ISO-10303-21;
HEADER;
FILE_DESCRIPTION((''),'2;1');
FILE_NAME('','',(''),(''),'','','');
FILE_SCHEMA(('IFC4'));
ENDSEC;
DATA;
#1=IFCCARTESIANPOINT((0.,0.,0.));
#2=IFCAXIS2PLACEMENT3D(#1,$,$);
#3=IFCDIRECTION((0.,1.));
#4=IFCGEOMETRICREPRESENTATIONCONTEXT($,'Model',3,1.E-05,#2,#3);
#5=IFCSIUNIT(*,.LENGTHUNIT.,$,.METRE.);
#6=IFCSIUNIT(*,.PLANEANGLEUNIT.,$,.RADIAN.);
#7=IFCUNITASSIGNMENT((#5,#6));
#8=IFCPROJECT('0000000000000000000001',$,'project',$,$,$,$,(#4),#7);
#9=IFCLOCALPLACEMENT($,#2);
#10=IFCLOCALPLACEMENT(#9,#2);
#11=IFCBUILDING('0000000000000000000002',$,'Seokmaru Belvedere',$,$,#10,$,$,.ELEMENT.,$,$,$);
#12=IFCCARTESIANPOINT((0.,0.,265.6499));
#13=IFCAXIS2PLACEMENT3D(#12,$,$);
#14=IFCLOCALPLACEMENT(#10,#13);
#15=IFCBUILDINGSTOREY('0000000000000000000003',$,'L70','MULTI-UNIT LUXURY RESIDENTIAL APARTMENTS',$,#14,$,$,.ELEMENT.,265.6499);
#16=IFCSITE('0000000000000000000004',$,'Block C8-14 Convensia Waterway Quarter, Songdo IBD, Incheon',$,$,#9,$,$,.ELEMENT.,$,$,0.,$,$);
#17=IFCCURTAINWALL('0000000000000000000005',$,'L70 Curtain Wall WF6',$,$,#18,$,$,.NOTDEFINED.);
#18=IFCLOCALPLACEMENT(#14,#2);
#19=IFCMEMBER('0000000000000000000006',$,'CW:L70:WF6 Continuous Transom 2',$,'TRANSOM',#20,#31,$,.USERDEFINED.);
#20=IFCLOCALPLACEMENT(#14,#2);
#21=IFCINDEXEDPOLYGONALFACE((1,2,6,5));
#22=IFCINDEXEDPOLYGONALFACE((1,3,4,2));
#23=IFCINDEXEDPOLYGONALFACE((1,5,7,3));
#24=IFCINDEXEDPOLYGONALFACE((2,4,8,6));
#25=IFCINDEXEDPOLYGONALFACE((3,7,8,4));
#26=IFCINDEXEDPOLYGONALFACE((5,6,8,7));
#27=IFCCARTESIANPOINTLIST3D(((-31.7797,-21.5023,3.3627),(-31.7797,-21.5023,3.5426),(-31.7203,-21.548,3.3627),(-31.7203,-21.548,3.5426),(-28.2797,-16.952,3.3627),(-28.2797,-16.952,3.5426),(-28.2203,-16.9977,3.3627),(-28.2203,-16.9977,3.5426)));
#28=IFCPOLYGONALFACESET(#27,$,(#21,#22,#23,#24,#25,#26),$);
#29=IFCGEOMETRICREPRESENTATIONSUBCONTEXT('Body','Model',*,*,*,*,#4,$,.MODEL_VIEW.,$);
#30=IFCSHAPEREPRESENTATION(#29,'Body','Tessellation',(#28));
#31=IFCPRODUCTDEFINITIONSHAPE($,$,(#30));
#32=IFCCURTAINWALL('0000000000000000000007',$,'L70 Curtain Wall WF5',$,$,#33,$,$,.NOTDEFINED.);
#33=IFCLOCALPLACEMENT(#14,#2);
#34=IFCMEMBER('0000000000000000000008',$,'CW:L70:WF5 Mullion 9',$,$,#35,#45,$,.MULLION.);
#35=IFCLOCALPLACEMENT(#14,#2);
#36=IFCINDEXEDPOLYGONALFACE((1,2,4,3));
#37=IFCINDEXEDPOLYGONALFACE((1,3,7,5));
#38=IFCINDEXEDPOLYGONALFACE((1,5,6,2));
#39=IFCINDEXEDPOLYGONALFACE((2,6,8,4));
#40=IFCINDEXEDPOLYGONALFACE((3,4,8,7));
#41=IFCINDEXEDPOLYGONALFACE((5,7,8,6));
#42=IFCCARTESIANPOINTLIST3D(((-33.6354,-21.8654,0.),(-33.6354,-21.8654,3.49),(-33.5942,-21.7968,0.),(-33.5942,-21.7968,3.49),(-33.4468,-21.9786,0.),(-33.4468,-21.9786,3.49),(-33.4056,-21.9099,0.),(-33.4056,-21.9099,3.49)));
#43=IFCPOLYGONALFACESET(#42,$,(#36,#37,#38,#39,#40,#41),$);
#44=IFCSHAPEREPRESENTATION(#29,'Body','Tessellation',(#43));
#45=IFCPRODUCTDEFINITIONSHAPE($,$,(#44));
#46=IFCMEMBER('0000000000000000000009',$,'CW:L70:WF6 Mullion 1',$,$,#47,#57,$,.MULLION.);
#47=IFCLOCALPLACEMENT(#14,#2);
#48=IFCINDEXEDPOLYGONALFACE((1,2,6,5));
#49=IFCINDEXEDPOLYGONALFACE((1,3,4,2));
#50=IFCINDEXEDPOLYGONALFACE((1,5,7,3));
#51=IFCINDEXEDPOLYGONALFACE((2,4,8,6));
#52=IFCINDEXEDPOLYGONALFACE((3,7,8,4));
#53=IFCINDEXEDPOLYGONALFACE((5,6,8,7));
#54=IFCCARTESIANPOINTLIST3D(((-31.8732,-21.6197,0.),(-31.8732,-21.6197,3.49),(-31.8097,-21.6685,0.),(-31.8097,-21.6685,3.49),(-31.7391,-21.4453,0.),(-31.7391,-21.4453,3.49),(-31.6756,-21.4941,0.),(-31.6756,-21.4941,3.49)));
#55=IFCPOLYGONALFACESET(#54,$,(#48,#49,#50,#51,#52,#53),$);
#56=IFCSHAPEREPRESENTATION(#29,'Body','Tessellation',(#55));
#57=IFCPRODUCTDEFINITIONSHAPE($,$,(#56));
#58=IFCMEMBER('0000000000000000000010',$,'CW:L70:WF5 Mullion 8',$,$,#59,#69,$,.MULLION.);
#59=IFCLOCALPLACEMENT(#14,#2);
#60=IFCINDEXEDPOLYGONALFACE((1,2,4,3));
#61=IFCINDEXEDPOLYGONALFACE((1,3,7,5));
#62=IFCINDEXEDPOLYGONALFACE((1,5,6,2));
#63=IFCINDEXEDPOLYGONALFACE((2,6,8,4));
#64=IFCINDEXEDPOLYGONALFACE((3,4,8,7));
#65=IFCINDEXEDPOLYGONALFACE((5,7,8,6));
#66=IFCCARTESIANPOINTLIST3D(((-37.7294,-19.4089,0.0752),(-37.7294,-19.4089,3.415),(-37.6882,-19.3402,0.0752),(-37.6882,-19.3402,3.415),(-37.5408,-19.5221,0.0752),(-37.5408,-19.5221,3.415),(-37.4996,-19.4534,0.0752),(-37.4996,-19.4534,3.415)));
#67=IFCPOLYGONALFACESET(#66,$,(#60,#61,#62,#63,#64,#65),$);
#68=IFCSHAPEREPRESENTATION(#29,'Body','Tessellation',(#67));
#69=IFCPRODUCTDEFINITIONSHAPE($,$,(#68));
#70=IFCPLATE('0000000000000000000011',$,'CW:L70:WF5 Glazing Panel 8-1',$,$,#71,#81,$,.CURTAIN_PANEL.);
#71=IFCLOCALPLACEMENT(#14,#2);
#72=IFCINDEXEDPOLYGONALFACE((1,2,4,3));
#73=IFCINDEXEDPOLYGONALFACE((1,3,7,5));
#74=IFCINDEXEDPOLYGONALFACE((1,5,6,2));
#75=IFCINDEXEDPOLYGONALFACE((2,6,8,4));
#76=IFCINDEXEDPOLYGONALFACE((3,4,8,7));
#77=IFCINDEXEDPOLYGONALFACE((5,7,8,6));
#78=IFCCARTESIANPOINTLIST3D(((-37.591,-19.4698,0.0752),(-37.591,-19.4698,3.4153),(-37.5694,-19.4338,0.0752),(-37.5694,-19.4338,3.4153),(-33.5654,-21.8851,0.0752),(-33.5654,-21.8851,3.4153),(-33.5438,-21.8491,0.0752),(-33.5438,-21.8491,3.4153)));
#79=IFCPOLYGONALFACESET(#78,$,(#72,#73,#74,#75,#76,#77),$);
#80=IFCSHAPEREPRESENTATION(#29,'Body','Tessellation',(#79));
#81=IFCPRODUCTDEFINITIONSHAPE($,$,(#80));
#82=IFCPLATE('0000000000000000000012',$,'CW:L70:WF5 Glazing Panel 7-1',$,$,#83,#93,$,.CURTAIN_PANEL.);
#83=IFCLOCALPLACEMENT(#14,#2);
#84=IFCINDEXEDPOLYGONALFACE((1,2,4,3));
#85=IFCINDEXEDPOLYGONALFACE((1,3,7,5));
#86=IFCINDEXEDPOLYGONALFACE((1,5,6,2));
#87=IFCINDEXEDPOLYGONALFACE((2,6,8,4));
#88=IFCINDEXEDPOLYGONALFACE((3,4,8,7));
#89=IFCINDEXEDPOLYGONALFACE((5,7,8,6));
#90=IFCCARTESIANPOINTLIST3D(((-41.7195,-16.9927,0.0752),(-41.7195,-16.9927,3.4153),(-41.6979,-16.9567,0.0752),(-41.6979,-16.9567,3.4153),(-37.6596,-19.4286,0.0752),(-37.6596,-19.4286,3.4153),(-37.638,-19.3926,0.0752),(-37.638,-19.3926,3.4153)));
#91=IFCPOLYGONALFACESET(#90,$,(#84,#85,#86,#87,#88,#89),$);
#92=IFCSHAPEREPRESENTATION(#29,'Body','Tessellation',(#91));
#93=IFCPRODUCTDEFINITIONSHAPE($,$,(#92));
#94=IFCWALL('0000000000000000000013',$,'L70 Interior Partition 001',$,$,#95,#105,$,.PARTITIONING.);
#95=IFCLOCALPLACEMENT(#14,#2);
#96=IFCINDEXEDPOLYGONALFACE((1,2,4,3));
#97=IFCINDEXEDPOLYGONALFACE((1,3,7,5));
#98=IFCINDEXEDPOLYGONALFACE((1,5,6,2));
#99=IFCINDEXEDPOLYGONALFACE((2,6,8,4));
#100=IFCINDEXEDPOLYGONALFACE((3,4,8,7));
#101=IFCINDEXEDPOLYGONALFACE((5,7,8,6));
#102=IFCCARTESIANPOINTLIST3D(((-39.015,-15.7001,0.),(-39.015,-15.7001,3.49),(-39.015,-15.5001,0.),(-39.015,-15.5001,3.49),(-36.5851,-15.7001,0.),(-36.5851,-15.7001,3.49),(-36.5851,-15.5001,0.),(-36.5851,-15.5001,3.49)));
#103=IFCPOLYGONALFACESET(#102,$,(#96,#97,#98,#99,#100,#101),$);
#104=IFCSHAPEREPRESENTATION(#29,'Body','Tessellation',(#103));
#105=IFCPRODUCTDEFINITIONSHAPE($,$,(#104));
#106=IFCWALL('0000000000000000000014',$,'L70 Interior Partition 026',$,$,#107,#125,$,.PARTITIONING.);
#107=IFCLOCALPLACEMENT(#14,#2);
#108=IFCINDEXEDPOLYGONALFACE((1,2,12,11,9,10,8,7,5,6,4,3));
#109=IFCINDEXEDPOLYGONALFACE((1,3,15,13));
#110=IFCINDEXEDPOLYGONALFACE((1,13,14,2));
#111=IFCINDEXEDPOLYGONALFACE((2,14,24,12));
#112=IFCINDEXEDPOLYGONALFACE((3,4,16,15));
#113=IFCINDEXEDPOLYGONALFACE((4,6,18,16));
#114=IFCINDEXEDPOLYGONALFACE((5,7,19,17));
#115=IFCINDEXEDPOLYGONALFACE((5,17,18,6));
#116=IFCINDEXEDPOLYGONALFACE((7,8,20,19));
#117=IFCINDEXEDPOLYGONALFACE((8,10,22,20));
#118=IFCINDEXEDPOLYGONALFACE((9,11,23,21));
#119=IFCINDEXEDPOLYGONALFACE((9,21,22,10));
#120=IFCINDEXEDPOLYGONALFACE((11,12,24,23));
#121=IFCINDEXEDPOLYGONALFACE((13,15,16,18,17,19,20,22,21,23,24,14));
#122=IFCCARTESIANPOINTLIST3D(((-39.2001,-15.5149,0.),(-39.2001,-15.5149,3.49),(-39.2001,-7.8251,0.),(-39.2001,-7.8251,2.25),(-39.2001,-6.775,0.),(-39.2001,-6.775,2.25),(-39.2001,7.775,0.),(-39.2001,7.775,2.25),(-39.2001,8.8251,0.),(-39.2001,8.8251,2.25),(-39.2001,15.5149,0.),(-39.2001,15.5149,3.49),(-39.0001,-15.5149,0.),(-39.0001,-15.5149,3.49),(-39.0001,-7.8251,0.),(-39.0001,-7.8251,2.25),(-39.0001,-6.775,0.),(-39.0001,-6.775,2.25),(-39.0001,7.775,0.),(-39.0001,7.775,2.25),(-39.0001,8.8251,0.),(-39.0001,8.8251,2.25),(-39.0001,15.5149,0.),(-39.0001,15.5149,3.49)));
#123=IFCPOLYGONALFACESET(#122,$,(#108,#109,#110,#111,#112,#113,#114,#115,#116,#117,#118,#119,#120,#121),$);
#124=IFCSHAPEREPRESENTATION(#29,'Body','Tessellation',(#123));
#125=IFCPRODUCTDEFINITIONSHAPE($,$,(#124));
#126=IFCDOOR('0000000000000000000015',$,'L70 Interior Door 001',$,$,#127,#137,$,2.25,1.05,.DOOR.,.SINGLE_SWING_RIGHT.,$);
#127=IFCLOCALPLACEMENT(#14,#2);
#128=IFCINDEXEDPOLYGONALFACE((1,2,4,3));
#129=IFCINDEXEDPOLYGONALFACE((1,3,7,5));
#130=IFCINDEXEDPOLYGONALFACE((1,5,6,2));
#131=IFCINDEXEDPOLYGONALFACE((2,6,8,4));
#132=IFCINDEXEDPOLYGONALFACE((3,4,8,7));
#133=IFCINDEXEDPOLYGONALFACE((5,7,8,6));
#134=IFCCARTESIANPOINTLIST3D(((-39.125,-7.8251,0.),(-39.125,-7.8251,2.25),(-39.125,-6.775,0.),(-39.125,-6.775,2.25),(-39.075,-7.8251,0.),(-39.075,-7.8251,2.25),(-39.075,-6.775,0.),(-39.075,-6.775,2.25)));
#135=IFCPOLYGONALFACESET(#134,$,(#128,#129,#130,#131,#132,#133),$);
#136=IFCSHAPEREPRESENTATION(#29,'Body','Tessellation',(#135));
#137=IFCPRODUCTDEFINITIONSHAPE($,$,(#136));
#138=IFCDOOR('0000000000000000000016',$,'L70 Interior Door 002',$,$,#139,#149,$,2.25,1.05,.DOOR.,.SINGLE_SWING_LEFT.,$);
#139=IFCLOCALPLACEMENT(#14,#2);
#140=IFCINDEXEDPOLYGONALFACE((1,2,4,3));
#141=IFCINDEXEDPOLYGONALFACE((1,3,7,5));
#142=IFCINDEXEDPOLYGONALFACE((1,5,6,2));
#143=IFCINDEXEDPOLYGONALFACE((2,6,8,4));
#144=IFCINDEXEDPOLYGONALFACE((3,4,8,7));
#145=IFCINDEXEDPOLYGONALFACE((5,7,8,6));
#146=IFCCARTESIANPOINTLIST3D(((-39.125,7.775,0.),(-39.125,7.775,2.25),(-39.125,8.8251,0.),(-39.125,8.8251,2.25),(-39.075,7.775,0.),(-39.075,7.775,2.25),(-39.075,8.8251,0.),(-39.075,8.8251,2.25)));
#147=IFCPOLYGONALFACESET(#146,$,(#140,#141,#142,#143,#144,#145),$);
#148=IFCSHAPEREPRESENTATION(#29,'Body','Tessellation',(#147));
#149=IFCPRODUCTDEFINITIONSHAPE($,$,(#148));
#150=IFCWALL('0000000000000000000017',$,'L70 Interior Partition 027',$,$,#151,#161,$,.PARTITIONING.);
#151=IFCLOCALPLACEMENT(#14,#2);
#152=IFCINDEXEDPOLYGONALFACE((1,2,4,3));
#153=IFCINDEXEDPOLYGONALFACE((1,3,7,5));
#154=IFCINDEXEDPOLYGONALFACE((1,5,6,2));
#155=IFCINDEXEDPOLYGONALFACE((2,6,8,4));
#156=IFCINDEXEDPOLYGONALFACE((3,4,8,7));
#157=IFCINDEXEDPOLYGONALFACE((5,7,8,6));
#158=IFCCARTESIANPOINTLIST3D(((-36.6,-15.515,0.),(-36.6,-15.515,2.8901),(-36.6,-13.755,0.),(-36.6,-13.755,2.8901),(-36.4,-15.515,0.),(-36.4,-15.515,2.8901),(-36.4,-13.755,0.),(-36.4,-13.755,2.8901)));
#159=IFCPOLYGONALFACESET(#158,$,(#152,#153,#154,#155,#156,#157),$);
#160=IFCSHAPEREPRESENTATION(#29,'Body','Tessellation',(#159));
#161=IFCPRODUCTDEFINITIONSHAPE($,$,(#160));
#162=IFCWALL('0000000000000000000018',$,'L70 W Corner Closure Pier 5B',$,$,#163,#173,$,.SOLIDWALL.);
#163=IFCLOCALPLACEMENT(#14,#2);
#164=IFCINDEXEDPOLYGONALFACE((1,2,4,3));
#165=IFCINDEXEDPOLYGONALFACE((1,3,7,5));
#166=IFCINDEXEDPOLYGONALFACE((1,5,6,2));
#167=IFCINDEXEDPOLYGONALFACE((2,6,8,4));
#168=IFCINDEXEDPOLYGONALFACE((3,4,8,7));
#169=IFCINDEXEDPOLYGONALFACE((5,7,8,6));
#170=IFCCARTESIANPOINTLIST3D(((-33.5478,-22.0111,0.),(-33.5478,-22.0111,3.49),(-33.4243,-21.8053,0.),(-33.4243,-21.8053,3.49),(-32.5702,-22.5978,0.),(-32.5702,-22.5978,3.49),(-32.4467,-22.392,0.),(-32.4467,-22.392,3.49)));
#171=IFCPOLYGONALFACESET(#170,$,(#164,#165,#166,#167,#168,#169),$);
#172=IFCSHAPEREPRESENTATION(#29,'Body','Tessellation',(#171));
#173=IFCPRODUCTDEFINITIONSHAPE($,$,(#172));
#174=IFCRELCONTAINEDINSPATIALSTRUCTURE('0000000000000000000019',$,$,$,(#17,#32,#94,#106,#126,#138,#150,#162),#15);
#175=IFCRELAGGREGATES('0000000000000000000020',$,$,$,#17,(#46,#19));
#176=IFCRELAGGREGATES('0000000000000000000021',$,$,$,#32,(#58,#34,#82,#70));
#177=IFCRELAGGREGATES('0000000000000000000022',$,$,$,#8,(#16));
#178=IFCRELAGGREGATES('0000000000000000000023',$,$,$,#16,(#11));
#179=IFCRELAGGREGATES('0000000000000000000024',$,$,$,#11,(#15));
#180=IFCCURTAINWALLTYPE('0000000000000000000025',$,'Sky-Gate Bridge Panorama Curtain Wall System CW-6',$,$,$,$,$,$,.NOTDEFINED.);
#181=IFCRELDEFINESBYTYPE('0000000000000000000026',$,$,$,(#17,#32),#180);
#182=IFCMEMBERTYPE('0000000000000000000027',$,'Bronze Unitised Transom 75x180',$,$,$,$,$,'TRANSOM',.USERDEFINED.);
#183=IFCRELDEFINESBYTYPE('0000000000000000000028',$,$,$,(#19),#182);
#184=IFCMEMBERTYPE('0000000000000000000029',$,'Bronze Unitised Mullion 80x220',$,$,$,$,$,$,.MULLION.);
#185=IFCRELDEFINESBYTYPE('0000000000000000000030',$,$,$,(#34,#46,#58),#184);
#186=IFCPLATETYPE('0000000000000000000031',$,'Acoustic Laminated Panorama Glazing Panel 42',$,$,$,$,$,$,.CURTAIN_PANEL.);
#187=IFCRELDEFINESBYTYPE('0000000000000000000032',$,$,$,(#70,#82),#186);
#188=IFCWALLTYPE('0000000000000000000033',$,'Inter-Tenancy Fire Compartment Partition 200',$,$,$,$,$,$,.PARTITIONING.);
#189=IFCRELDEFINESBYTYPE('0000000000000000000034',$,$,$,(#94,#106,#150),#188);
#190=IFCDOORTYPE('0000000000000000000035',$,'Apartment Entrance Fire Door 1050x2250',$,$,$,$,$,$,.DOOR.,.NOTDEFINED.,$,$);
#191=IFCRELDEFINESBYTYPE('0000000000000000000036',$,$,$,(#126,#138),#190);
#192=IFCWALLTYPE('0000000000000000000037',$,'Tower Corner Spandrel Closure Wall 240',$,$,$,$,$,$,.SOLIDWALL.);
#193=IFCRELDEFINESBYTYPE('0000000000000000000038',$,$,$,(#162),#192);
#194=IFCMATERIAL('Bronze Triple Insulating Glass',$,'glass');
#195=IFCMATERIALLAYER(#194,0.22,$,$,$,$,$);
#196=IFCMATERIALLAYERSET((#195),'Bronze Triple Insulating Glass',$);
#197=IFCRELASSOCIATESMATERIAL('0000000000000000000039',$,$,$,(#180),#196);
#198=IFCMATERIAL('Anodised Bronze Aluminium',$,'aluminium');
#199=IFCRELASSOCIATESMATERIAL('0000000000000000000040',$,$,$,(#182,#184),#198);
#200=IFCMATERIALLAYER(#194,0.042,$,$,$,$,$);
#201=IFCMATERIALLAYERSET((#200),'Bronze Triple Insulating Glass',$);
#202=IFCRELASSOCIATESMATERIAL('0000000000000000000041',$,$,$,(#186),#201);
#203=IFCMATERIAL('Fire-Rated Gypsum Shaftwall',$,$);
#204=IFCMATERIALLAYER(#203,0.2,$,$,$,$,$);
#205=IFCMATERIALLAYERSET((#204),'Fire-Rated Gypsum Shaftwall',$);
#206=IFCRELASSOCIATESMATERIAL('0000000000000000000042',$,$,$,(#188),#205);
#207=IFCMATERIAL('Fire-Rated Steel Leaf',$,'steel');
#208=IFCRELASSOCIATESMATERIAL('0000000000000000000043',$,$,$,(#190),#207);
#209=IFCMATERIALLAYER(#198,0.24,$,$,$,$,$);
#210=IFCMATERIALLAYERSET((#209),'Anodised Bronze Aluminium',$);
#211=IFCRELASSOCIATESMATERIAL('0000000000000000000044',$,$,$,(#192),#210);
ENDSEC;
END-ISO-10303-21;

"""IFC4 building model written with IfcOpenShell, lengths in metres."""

from ifc_helpers import new_model, si_unit, direction, frame, frame_2d, origin, origin_2d, place, context, subcontext, project, spatial, rectangle, extrude, source, transform, mapped, material, layer, layer_set, material_profile, profile_set, type_object, type_shapes, element, fill, aggregate, save


model = new_model("IFC4")

# Units and contexts
model_context = context("Model", 3, precision=1e-05, world=origin(), true_north=direction((0.0, 1.0)))
body_context = subcontext(model_context, "Body", "Model", "MODEL_VIEW")
ifc_project = project(units=[si_unit("LENGTHUNIT", "METRE"), si_unit("PLANEANGLEUNIT", "RADIAN")], contexts=[model_context])

# Site, building, storey
site_placement = place(None, origin())
site = spatial("IfcSite", under=ifc_project, at=site_placement, Name="Block C8-14 Convensia Waterway Quarter, Songdo IBD, Incheon", CompositionType="ELEMENT", RefElevation=0.0)
building_placement = place(site_placement, origin())
building = spatial("IfcBuilding", under=site, at=building_placement, Name="Seokmaru Belvedere", CompositionType="ELEMENT")
storey_placement = place(building_placement, frame((0.0, 0.0, 265.6499)))
storey = spatial("IfcBuildingStorey", under=building, at=storey_placement, Name="L70", Description="MULTI-UNIT LUXURY RESIDENTIAL APARTMENTS", CompositionType="ELEMENT", Elevation=265.6499)

# Curtain wall, member
ifc_material_1 = material(Name="Bronze Triple Insulating Glass", Category="glass")
ifc_layer_1 = layer(ifc_material_1, 0.22)
ifc_layer_set_1 = layer_set([ifc_layer_1], Name="Bronze Triple Insulating Glass")
curtain_wall_type = type_object("IfcCurtainWallType", Name="Sky-Gate Bridge Panorama Curtain Wall System CW-6", PredefinedType="NOTDEFINED", material=ifc_layer_set_1)
curtain_wall_1_placement = place(storey_placement, origin())
curtain_wall_1 = element("IfcCurtainWall", 1, at=curtain_wall_1_placement, inside=storey, type_object=curtain_wall_type, Name="L70 Curtain Wall WF6", PredefinedType="NOTDEFINED")
ifc_material_2 = material(Name="Anodised Bronze Aluminium", Category="aluminium")
ifc_material_profile_1 = material_profile(ifc_material_2, rectangle(XDim=0.075, YDim=0.1799, at=origin_2d()), Name="CW-T-75x180")
ifc_profile_set_1 = profile_set([ifc_material_profile_1], Name="Anodised Bronze Aluminium")
member_type_1 = type_object("IfcMemberType", Name="Bronze Unitised Transom 75x180", ElementType="TRANSOM", PredefinedType="USERDEFINED", material=ifc_profile_set_1)
shared_shape_1 = source(origin(), body_context, "Body", "SweptSolid", [
    extrude(rectangle(XDim=0.075, YDim=0.1799, at=origin_2d()), origin(), (0.0, 0.0, 1.0), 5.7407),
])
type_shapes(member_type_1, [shared_shape_1])
member_1_placement = place(storey_placement, frame((-31.75, -21.5251, 3.4526), z_axis=(0.609686, 0.792643, 0.0), x_axis=(-0.792643, 0.609686, 0.0)))
member_1 = element("IfcMember", 2, at=member_1_placement, type_object=member_type_1, Name="CW:L70:WF6 Continuous Transom 2", ObjectType="TRANSOM", PredefinedType="USERDEFINED", context=body_context, shape_type="MappedRepresentation", body=[
    mapped(shared_shape_1, transform((0.0, 0.0, 0.0), scale=1.0)),
])

# Curtain wall, member
curtain_wall_2_placement = place(storey_placement, origin())
curtain_wall_2 = element("IfcCurtainWall", 3, at=curtain_wall_2_placement, inside=storey, type_object=curtain_wall_type, Name="L70 Curtain Wall WF5", PredefinedType="NOTDEFINED")
ifc_material_profile_2 = material_profile(ifc_material_2, rectangle(XDim=0.0801, YDim=0.22, at=origin_2d()), Name="CW-M-80x220")
ifc_profile_set_2 = profile_set([ifc_material_profile_2], Name="Anodised Bronze Aluminium")
member_type_2 = type_object("IfcMemberType", Name="Bronze Unitised Mullion 80x220", PredefinedType="MULLION", material=ifc_profile_set_2)
shared_shape_2 = source(origin(), body_context, "Body", "SweptSolid", [
    extrude(rectangle(XDim=0.0801, YDim=0.22, at=origin_2d()), origin(), (0.0, 0.0, 1.0), 3.49),
])
member_2_placement = place(storey_placement, frame((-33.5205, -21.8877, 0.0), z_axis=(0.0, 0.0, 1.0), x_axis=(0.514495, 0.857493, 0.0)))
member_2 = element("IfcMember", 4, at=member_2_placement, type_object=member_type_2, Name="CW:L70:WF5 Mullion 9", PredefinedType="MULLION", context=body_context, shape_type="MappedRepresentation", body=[
    mapped(shared_shape_2, transform((0.0, 0.0, 0.0), scale=1.0)),
])

# Members
member_3_placement = place(storey_placement, frame((-31.7744, -21.5569, 0.0), z_axis=(0.0, 0.0, 1.0), x_axis=(-0.792631, 0.609701, 0.0)))
member_3 = element("IfcMember", 5, at=member_3_placement, type_object=member_type_2, Name="CW:L70:WF6 Mullion 1", PredefinedType="MULLION", context=body_context, shape_type="MappedRepresentation", body=[
    mapped(shared_shape_2, transform((0.0, 0.0, 0.0), scale=1.0)),
])
aggregate(curtain_wall_1, [member_3, member_1])
shared_shape_3 = source(origin(), body_context, "Body", "SweptSolid", [
    extrude(rectangle(XDim=0.0801, YDim=0.22, at=origin_2d()), origin(), (0.0, 0.0, 1.0), 3.3398),
])
type_shapes(member_type_2, [shared_shape_2, shared_shape_3])
member_4_placement = place(storey_placement, frame((-37.6145, -19.4312, 0.0752), z_axis=(0.0, 0.0, 1.0), x_axis=(0.514495, 0.857493, 0.0)))
member_4 = element("IfcMember", 6, at=member_4_placement, type_object=member_type_2, Name="CW:L70:WF5 Mullion 8", PredefinedType="MULLION", context=body_context, shape_type="MappedRepresentation", body=[
    mapped(shared_shape_3, transform((0.0, 0.0, 0.0), scale=1.0)),
])

# Plates
ifc_layer_2 = layer(ifc_material_1, 0.042)
ifc_layer_set_2 = layer_set([ifc_layer_2], Name="Bronze Triple Insulating Glass")
plate_type = type_object("IfcPlateType", Name="Acoustic Laminated Panorama Glazing Panel 42", PredefinedType="CURTAIN_PANEL", material=ifc_layer_set_2)
shared_shape_4 = source(origin(), body_context, "Body", "SweptSolid", [
    extrude(rectangle(XDim=4.6946, YDim=0.042, at=origin_2d()), origin(), (0.0, 0.0, 1.0), 3.3401),
])
plate_1_placement = place(storey_placement, frame((-35.5674, -20.6594, 0.0752), z_axis=(0.0, 0.0, 1.0), x_axis=(0.857493, -0.514495, 0.0)))
plate_1 = element("IfcPlate", 7, at=plate_1_placement, type_object=plate_type, Name="CW:L70:WF5 Glazing Panel 8-1", PredefinedType="CURTAIN_PANEL", context=body_context, shape_type="MappedRepresentation", body=[
    mapped(shared_shape_4, transform((0.0, 0.0, 0.0), scale=1.0)),
])
shared_shape_5 = source(origin(), body_context, "Body", "SweptSolid", [
    extrude(rectangle(XDim=4.7346, YDim=0.042, at=origin_2d()), origin(), (0.0, 0.0, 1.0), 3.3401),
])
type_shapes(plate_type, [shared_shape_4, shared_shape_5])
plate_2_placement = place(storey_placement, frame((-39.6787, -18.1926, 0.0752), z_axis=(0.0, 0.0, 1.0), x_axis=(0.857493, -0.514495, 0.0)))
plate_2 = element("IfcPlate", 8, at=plate_2_placement, type_object=plate_type, Name="CW:L70:WF5 Glazing Panel 7-1", PredefinedType="CURTAIN_PANEL", context=body_context, shape_type="MappedRepresentation", body=[
    mapped(shared_shape_5, transform((0.0, 0.0, 0.0), scale=1.0)),
])
aggregate(curtain_wall_2, [member_4, member_2, plate_2, plate_1])

# Wall
ifc_material_3 = material(Name="Fire-Rated Gypsum Shaftwall")
ifc_layer_3 = layer(ifc_material_3, 0.2)
ifc_layer_set_3 = layer_set([ifc_layer_3], Name="Fire-Rated Gypsum Shaftwall")
wall_type_1 = type_object("IfcWallType", Name="Inter-Tenancy Fire Compartment Partition 200", PredefinedType="PARTITIONING", material=ifc_layer_set_3)
wall_1_placement = place(storey_placement, frame((-39.0149, -15.6001, 0.0), z_axis=(0.0, 0.0, 1.0), x_axis=(1.0, 0.0, 0.0)))
element("IfcWall", 9, at=wall_1_placement, inside=storey, type_object=wall_type_1, Name="L70 Interior Partition 001", PredefinedType="PARTITIONING", context=body_context, shape_type="SweptSolid", body=[
    extrude(rectangle(XDim=2.4299, YDim=0.2, at=frame_2d((1.2148, 0.0))), origin(), (0.0, 0.0, 1.0), 3.49),
])

# Wall, openings, doors
wall_2_placement = place(storey_placement, frame((-39.1001, -15.5149, 0.0), z_axis=(0.0, 0.0, 1.0), x_axis=(0.0, 1.0, 0.0)))
wall_2 = element("IfcWall", 10, at=wall_2_placement, inside=storey, type_object=wall_type_1, Name="L70 Interior Partition 026", PredefinedType="PARTITIONING", context=body_context, shape_type="SweptSolid", body=[
    extrude(rectangle(XDim=31.0298, YDim=0.2, at=frame_2d((15.5149, 0.0))), origin(), (0.0, 0.0, 1.0), 3.49),
])
opening_1_placement = place(wall_2_placement, frame((7.6899, 0.0, 0.0)))
opening_1 = element("IfcOpeningElement", 11, at=opening_1_placement, cuts=wall_2, PredefinedType="OPENING", context=body_context, shape_type="SweptSolid", body=[
    extrude(rectangle(XDim=1.05, YDim=2.25, at=frame_2d((0.5249, 1.125))), frame((0.0, 0.1099, 0.0), z_axis=(0.0, -1.0, 0.0), x_axis=(1.0, 0.0, 0.0)), (0.0, 0.0, 1.0), 0.22),
])
opening_2_placement = place(wall_2_placement, frame((23.29, 0.0, 0.0)))
opening_2 = element("IfcOpeningElement", 12, at=opening_2_placement, cuts=wall_2, PredefinedType="OPENING", context=body_context, shape_type="SweptSolid", body=[
    extrude(rectangle(XDim=1.05, YDim=2.25, at=frame_2d((0.5249, 1.125))), frame((0.0, 0.1099, 0.0), z_axis=(0.0, -1.0, 0.0), x_axis=(1.0, 0.0, 0.0)), (0.0, 0.0, 1.0), 0.22),
])
ifc_material_4 = material(Name="Fire-Rated Steel Leaf", Category="steel")
door_type_1 = type_object("IfcDoorType", Name="Apartment Entrance Fire Door 1050x2250", OperationType="NOTDEFINED", PredefinedType="DOOR", material=ifc_material_4)
shared_shape_6 = source(origin(), body_context, "Body", "SweptSolid", [
    extrude(rectangle(XDim=1.05, YDim=2.25, at=frame_2d((0.5249, 1.125))), frame((0.0, 0.0249, 0.0), z_axis=(0.0, -1.0, 0.0), x_axis=(1.0, 0.0, 0.0)), (0.0, 0.0, 1.0), 0.05),
])
type_shapes(door_type_1, [shared_shape_6])
door_1_placement = place(opening_1_placement, origin())
door_1 = element("IfcDoor", 13, at=door_1_placement, inside=storey, type_object=door_type_1, Name="L70 Interior Door 001", OperationType="SINGLE_SWING_RIGHT", OverallHeight=2.25, OverallWidth=1.05, PredefinedType="DOOR", context=body_context, shape_type="MappedRepresentation", body=[
    mapped(shared_shape_6, transform((0.0, 0.0, 0.0), scale=1.0)),
])
fill(opening_1, door_1)
door_2_placement = place(opening_2_placement, origin())
door_2 = element("IfcDoor", 14, at=door_2_placement, inside=storey, type_object=door_type_1, Name="L70 Interior Door 002", OperationType="SINGLE_SWING_LEFT", OverallHeight=2.25, OverallWidth=1.05, PredefinedType="DOOR", context=body_context, shape_type="MappedRepresentation", body=[
    mapped(shared_shape_6, transform((0.0, 0.0, 0.0), scale=1.0)),
])
fill(opening_2, door_2)

# Walls
wall_3_placement = place(storey_placement, frame((-36.5, -15.5149, 0.0), z_axis=(0.0, 0.0, 1.0), x_axis=(0.0, 1.0, 0.0)))
element("IfcWall", 15, at=wall_3_placement, inside=storey, type_object=wall_type_1, Name="L70 Interior Partition 027", PredefinedType="PARTITIONING", context=body_context, shape_type="SweptSolid", body=[
    extrude(rectangle(XDim=1.76, YDim=0.2, at=frame_2d((0.8799, 0.0))), origin(), (0.0, 0.0, 1.0), 2.8901),
])
ifc_layer_4 = layer(ifc_material_2, 0.24)
ifc_layer_set_4 = layer_set([ifc_layer_4], Name="Anodised Bronze Aluminium")
wall_type_2 = type_object("IfcWallType", Name="Tower Corner Spandrel Closure Wall 240", PredefinedType="SOLIDWALL", material=ifc_layer_set_4)
for number, where, z_axis, x_axis, name in (
    (16, (-33.4861, -21.9082, 0.0), (0.0, 0.0, 1.0), (0.857436, -0.51459, 0.0), "L70 W Corner Closure Pier 5B"),
):
    element("IfcWall", number, at=place(storey_placement, frame(where, z_axis=z_axis, x_axis=x_axis)), inside=storey, type_object=wall_type_2, Name=name, PredefinedType="SOLIDWALL", context=body_context, shape_type="SweptSolid", body=[
        extrude(rectangle(XDim=1.1401, YDim=0.24, at=frame_2d((0.5701, 0.0))), origin(), (0.0, 0.0, 1.0), 3.49),
    ])

save(model, "model.ifc")
